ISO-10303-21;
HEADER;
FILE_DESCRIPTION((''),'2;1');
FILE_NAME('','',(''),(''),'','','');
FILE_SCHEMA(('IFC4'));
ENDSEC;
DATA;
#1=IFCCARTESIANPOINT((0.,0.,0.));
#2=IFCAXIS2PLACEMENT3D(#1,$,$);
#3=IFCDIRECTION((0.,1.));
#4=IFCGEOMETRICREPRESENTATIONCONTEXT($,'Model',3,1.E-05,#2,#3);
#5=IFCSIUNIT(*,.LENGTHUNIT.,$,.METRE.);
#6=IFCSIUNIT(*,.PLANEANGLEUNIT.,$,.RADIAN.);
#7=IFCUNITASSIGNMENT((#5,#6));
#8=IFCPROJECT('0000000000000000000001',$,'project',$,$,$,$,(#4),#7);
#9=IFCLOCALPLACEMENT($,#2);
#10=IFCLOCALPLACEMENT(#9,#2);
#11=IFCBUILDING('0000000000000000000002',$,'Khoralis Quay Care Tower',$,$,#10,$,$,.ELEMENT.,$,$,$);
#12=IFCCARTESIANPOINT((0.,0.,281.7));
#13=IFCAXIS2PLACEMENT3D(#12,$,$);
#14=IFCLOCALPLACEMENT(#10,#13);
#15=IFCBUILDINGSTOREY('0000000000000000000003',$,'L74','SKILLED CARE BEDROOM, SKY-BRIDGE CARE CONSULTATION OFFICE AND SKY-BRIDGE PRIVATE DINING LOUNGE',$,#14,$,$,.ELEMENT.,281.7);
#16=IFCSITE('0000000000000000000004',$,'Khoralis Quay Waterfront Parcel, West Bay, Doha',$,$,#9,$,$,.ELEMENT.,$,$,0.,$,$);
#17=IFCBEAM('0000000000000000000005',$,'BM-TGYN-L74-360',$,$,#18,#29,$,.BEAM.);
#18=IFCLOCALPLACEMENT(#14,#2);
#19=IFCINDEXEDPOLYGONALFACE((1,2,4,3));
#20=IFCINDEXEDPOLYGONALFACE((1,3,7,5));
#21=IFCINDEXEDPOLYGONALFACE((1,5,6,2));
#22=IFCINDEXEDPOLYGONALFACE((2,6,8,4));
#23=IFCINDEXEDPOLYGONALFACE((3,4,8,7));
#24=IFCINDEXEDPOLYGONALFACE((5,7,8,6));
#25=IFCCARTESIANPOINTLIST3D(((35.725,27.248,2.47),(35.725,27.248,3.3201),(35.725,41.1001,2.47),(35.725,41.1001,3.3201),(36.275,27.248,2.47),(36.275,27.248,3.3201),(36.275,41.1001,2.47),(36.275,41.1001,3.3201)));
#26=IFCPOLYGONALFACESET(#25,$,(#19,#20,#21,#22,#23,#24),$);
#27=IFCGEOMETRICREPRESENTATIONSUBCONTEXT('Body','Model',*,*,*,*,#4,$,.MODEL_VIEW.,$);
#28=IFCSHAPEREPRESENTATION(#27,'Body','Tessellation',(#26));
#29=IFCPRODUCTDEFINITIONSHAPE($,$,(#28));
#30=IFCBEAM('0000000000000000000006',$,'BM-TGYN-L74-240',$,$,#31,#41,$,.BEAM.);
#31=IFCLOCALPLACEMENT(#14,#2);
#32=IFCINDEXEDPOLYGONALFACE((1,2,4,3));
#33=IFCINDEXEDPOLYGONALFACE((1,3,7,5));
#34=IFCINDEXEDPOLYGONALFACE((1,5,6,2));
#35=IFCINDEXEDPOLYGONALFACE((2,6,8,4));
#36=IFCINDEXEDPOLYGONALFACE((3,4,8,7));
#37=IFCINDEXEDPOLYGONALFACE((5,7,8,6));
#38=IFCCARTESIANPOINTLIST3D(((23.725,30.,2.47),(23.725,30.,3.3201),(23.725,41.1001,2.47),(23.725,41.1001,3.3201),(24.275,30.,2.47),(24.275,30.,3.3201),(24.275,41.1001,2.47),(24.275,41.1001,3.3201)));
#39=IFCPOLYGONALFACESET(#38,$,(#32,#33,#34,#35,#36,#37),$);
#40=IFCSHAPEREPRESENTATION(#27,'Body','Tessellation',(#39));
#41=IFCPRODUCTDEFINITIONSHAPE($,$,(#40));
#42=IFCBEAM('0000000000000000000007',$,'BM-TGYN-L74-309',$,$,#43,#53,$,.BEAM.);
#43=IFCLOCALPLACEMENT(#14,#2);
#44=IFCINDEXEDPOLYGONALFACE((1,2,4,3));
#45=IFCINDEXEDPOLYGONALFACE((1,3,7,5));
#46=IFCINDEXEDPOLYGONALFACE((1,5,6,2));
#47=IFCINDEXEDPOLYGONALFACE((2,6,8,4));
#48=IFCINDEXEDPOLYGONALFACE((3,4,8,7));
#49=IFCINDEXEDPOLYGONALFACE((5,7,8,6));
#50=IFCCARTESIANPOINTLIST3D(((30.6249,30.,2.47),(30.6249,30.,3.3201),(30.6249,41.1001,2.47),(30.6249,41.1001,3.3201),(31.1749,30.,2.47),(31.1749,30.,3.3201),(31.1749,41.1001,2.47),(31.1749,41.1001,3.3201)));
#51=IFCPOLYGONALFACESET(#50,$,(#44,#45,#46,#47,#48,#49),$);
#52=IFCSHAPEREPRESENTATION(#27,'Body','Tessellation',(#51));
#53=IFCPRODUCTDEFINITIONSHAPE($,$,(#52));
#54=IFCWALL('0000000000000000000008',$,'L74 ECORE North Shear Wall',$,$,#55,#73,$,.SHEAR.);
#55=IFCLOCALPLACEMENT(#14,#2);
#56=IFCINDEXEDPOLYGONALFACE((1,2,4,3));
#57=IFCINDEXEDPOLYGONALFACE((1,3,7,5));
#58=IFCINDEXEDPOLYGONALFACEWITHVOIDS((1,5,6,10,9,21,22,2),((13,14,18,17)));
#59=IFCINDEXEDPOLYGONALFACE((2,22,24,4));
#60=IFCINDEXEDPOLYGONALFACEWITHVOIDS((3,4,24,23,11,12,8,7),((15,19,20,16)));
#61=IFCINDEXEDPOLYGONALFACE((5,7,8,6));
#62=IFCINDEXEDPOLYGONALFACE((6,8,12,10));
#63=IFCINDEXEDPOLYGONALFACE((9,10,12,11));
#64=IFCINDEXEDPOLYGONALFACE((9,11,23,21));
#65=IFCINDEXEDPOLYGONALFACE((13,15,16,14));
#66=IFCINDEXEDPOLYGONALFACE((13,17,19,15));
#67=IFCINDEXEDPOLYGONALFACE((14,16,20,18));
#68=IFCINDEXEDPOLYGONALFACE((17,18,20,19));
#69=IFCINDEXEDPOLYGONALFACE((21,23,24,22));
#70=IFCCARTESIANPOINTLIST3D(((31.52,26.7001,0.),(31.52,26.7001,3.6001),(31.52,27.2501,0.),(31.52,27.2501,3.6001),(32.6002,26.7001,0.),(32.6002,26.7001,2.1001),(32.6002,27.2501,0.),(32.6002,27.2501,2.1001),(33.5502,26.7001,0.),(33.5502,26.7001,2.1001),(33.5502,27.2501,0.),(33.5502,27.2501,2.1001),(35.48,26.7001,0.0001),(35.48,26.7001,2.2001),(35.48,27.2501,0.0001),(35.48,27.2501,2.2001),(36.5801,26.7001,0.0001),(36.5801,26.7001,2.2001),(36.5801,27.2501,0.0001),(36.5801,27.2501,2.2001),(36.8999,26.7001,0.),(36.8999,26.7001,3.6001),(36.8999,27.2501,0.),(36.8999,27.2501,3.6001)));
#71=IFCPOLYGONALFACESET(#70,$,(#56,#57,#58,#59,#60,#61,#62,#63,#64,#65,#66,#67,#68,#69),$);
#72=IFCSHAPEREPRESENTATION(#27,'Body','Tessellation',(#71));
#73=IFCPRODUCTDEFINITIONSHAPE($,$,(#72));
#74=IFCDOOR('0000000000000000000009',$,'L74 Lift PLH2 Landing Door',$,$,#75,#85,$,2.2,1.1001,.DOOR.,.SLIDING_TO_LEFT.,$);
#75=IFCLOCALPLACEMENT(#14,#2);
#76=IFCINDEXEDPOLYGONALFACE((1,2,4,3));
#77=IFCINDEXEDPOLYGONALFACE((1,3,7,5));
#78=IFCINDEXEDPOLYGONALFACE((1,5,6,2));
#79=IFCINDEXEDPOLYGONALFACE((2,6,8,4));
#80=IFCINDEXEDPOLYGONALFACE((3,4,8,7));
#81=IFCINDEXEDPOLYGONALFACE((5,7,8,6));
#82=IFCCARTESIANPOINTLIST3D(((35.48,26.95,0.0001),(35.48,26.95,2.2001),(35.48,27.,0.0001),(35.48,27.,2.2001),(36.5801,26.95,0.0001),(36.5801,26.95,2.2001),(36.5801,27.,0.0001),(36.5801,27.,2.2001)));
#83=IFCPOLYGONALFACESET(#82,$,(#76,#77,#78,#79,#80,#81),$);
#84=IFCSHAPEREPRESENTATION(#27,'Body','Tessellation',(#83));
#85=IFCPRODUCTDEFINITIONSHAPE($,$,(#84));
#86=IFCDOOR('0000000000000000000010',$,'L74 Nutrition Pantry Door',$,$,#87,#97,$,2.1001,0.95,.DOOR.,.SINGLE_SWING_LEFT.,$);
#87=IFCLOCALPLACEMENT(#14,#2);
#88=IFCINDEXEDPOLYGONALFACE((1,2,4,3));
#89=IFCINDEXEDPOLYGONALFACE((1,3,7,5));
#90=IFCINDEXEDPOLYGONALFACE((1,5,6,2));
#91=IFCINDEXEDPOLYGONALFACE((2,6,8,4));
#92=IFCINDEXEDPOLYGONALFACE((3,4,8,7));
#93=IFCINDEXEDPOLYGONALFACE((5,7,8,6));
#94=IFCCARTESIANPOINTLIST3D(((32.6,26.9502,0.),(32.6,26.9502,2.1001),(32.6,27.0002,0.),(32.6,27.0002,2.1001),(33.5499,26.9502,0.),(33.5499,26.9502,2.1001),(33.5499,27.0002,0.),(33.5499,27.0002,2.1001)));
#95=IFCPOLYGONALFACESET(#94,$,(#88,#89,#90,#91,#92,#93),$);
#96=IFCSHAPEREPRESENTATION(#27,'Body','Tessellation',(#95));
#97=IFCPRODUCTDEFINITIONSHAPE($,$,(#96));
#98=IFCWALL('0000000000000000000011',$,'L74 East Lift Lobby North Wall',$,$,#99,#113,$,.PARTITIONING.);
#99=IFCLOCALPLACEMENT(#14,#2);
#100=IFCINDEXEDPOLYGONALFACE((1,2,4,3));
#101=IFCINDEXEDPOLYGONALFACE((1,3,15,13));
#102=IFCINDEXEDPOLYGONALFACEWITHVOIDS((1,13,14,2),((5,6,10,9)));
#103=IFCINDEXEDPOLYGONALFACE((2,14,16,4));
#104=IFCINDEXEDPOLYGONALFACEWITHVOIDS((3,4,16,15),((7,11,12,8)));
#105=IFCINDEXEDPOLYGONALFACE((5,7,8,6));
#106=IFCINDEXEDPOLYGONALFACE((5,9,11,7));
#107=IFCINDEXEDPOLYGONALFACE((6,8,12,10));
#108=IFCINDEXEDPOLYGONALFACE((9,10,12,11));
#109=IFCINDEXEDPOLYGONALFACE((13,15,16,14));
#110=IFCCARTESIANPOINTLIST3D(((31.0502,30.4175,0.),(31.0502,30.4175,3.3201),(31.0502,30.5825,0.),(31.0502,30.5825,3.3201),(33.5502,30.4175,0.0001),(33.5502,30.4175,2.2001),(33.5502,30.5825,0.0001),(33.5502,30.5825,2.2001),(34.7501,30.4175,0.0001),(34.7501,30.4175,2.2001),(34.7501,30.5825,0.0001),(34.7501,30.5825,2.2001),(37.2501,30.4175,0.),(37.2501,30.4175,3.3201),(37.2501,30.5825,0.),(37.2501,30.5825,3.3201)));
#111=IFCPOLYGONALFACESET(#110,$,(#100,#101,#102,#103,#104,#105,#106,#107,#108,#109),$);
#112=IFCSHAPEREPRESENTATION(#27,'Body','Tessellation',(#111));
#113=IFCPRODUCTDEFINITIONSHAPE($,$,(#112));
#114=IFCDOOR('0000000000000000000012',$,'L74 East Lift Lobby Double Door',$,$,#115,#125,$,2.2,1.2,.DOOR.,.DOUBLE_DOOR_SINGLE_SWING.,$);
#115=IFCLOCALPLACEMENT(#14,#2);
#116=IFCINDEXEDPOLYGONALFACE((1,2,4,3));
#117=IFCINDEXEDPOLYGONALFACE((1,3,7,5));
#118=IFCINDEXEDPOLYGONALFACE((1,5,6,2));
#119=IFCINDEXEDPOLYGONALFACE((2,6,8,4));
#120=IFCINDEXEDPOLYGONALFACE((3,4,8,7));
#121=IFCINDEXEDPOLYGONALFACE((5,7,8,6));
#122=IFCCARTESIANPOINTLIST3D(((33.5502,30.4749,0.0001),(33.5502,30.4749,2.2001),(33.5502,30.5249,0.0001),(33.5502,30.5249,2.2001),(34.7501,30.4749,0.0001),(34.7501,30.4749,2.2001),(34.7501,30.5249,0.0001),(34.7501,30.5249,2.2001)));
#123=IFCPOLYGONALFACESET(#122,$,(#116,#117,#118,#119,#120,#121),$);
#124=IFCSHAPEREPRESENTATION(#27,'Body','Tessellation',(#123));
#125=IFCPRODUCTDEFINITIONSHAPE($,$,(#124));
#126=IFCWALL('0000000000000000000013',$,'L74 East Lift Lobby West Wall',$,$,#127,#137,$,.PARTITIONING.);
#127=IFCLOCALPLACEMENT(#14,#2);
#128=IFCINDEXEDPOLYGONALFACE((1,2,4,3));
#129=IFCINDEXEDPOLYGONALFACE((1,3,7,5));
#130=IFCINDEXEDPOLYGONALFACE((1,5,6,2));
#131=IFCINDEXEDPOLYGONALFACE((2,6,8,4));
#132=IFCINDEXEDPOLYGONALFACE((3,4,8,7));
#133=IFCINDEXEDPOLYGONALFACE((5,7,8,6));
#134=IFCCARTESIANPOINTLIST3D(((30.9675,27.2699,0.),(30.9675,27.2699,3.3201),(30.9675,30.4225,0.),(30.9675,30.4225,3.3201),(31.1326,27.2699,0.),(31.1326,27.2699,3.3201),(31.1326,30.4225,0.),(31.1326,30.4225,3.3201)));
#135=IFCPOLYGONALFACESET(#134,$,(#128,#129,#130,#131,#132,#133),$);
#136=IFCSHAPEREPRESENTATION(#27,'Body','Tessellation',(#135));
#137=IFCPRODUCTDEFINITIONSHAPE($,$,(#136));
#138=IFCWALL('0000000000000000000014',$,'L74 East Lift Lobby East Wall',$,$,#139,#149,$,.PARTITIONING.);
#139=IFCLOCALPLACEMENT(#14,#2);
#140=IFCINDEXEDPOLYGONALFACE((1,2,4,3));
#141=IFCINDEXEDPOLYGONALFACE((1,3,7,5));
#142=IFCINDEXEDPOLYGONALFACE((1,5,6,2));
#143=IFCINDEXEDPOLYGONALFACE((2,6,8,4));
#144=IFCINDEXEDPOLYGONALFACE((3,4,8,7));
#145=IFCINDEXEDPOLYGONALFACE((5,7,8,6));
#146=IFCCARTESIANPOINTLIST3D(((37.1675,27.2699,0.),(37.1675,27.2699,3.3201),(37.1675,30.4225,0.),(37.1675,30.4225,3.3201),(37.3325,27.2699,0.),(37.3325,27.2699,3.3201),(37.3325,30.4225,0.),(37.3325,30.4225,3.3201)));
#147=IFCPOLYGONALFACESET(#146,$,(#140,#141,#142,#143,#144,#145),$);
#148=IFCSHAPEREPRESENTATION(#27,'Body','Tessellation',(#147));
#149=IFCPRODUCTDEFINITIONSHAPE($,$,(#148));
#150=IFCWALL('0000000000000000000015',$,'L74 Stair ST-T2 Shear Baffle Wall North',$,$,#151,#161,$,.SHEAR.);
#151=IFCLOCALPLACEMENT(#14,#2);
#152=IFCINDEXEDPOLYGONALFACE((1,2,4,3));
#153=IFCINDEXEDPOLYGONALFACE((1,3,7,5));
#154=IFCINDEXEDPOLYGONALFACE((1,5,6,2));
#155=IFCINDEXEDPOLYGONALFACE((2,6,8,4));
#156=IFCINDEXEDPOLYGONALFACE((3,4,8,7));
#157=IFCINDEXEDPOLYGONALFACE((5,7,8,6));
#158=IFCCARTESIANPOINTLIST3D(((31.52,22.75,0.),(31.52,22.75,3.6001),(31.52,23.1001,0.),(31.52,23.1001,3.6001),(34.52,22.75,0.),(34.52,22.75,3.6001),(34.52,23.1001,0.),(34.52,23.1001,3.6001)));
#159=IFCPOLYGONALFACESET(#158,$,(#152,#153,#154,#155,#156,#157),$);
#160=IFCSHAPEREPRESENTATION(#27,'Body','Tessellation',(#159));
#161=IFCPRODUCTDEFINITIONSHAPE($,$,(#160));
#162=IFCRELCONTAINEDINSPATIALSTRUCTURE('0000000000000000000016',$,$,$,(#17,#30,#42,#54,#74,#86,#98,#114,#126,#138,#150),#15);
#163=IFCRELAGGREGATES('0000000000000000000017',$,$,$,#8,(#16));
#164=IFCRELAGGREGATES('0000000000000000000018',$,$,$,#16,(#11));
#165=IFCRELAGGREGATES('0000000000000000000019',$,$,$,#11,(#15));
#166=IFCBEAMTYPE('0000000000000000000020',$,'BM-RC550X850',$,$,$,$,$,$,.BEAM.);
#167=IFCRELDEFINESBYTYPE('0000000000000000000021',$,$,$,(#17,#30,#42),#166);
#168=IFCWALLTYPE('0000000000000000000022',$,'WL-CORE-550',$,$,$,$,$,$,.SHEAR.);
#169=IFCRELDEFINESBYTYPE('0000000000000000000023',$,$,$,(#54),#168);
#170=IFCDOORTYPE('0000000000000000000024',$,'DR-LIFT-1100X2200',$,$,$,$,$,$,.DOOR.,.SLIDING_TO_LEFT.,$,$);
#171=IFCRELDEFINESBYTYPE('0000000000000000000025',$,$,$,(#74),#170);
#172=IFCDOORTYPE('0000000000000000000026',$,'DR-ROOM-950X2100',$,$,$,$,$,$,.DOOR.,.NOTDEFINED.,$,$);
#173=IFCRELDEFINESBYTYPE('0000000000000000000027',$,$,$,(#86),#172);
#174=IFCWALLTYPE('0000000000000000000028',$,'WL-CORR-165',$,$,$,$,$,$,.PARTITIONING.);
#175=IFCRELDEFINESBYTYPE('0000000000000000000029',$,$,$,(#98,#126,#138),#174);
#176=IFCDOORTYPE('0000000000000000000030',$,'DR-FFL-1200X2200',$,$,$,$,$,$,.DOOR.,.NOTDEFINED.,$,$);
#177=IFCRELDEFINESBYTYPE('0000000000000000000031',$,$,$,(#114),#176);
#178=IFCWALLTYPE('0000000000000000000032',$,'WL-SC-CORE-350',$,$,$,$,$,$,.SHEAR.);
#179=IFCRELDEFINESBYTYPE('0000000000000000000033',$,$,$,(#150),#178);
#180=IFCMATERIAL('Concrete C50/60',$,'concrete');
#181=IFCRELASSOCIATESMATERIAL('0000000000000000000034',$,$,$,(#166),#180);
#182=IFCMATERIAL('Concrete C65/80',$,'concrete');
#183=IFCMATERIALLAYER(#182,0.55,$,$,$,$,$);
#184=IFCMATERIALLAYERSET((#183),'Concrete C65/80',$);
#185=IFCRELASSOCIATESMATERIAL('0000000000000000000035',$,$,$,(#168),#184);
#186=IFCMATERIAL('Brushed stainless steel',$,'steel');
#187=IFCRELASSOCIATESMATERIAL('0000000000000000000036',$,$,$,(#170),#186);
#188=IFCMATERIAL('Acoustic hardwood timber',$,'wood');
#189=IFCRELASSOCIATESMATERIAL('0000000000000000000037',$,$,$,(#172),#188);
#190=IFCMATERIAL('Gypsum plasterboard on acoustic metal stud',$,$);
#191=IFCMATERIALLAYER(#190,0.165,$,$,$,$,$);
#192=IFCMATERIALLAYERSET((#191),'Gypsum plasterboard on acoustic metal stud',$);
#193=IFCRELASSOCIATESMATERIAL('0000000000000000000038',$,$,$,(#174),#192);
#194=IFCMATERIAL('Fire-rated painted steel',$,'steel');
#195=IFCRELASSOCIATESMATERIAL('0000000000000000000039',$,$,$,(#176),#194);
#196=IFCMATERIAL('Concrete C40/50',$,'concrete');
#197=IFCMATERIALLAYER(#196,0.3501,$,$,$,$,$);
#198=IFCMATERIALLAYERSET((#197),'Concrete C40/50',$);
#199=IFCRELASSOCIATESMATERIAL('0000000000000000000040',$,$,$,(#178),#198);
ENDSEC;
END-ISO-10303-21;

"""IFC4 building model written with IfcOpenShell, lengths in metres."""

from ifc_helpers import new_model, si_unit, direction, frame, frame_2d, origin, origin_2d, place, context, subcontext, project, spatial, rectangle, extrude, source, transform, mapped, material, layer, layer_set, material_profile, profile_set, type_object, element, fill, save


model = new_model("IFC4")

# Units and contexts
model_context = context("Model", 3, precision=1e-05, world=origin(), true_north=direction((0.0, 1.0)))
body_context = subcontext(model_context, "Body", "Model", "MODEL_VIEW")
ifc_project = project(units=[si_unit("LENGTHUNIT", "METRE"), si_unit("PLANEANGLEUNIT", "RADIAN")], contexts=[model_context])

# Site, building, storey
site_placement = place(None, origin())
site = spatial("IfcSite", under=ifc_project, at=site_placement, Name="Khoralis Quay Waterfront Parcel, West Bay, Doha", CompositionType="ELEMENT", RefElevation=0.0)
building_placement = place(site_placement, origin())
building = spatial("IfcBuilding", under=site, at=building_placement, Name="Khoralis Quay Care Tower", CompositionType="ELEMENT")
storey_placement = place(building_placement, frame((0.0, 0.0, 281.7)))
storey = spatial("IfcBuildingStorey", under=building, at=storey_placement, Name="L74", Description="SKILLED CARE BEDROOM, SKY-BRIDGE CARE CONSULTATION OFFICE AND SKY-BRIDGE PRIVATE DINING LOUNGE", CompositionType="ELEMENT", Elevation=281.7)

# Shared definitions
ifc_material_1 = material(Name="Concrete C50/60", Category="concrete")

# Beams
ifc_material_profile_1 = material_profile(ifc_material_1, rectangle(XDim=0.55, YDim=0.8501, at=origin_2d()), Name="Concrete C50/60")
ifc_profile_set_1 = profile_set([ifc_material_profile_1], Name="Concrete C50/60")
beam_type_1 = type_object("IfcBeamType", Name="BM-RC550X850", PredefinedType="BEAM", material=ifc_profile_set_1)
shared_shape_1 = source(origin(), body_context, "Body", "SweptSolid", [
    extrude(rectangle(XDim=0.55, YDim=0.8501, at=origin_2d()), origin(), (0.0, 0.0, 1.0), 13.8521),
])
beam_1_placement = place(storey_placement, frame((36.0, 27.248, 2.895), z_axis=(0.0, 1.0, 0.0), x_axis=(-1.0, 0.0, 0.0)))
element("IfcBeam", 1, at=beam_1_placement, inside=storey, type_object=beam_type_1, Name="BM-TGYN-L74-360", PredefinedType="BEAM", context=body_context, shape_type="MappedRepresentation", body=[
    mapped(shared_shape_1, transform((0.0, 0.0, 0.0), scale=1.0)),
])
shared_shape_2 = source(origin(), body_context, "Body", "SweptSolid", [
    extrude(rectangle(XDim=0.55, YDim=0.8501, at=origin_2d()), origin(), (0.0, 0.0, 1.0), 11.1001),
])
for number, where, z_axis, x_axis, name in (
    (2, (24.0, 30.0, 2.895), (0.0, 1.0, 0.0), (-1.0, 0.0, 0.0), "BM-TGYN-L74-240"),
    (3, (30.8999, 30.0, 2.895), (0.0, 1.0, 0.0), (-1.0, 0.0, 0.0), "BM-TGYN-L74-309"),
):
    element("IfcBeam", number, at=place(storey_placement, frame(where, z_axis=z_axis, x_axis=x_axis)), inside=storey, type_object=beam_type_1, Name=name, PredefinedType="BEAM", context=body_context, shape_type="MappedRepresentation", body=[
        mapped(shared_shape_2, transform((0.0, 0.0, 0.0), scale=1.0)),
    ])

# Wall, openings, doors
ifc_material_2 = material(Name="Concrete C65/80", Category="concrete")
ifc_layer_1 = layer(ifc_material_2, 0.55)
ifc_layer_set_1 = layer_set([ifc_layer_1], Name="Concrete C65/80")
wall_type_1 = type_object("IfcWallType", Name="WL-CORE-550", PredefinedType="SHEAR", material=ifc_layer_set_1)
wall_1_placement = place(storey_placement, frame((31.52, 26.9751, 0.0), z_axis=(0.0, 0.0, 1.0), x_axis=(1.0, 0.0, 0.0)))
wall_1 = element("IfcWall", 4, at=wall_1_placement, inside=storey, type_object=wall_type_1, Name="L74 ECORE North Shear Wall", PredefinedType="SHEAR", context=body_context, shape_type="SweptSolid", body=[
    extrude(rectangle(XDim=5.3799, YDim=0.55, at=frame_2d((2.6899, 0.0))), origin(), (0.0, 0.0, 1.0), 3.6001),
])
opening_1_placement = place(wall_1_placement, frame((1.0801, 0.0, 0.0)))
opening_1 = element("IfcOpeningElement", 5, at=opening_1_placement, cuts=wall_1, PredefinedType="OPENING", context=body_context, shape_type="SweptSolid", body=[
    extrude(rectangle(XDim=0.95, YDim=2.1001, at=frame_2d((0.4751, 1.05))), frame((0.0, 0.2852, 0.0), z_axis=(0.0, -1.0, 0.0), x_axis=(1.0, 0.0, 0.0)), (0.0, 0.0, 1.0), 0.5701),
])
opening_2_placement = place(wall_1_placement, frame((3.96, 0.0, 0.0)))
opening_2 = element("IfcOpeningElement", 6, at=opening_2_placement, cuts=wall_1, PredefinedType="OPENING", context=body_context, shape_type="SweptSolid", body=[
    extrude(rectangle(XDim=1.1001, YDim=2.2, at=frame_2d((0.55, 1.1001))), frame((0.0, 0.2852, 0.0), z_axis=(0.0, -1.0, 0.0), x_axis=(1.0, 0.0, 0.0)), (0.0, 0.0, 1.0), 0.5701),
])
ifc_material_3 = material(Name="Brushed stainless steel", Category="steel")
door_type_1 = type_object("IfcDoorType", Name="DR-LIFT-1100X2200", OperationType="SLIDING_TO_LEFT", PredefinedType="DOOR", material=ifc_material_3)
shared_shape_3 = source(origin(), body_context, "Body", "SweptSolid", [
    extrude(rectangle(XDim=1.1001, YDim=2.2, at=frame_2d((0.55, 1.1001))), frame((0.0, 0.0249, 0.0), z_axis=(0.0, -1.0, 0.0), x_axis=(1.0, 0.0, 0.0)), (0.0, 0.0, 1.0), 0.05),
])
door_1_placement = place(opening_2_placement, origin())
door_1 = element("IfcDoor", 7, at=door_1_placement, inside=storey, type_object=door_type_1, Name="L74 Lift PLH2 Landing Door", OperationType="SLIDING_TO_LEFT", OverallHeight=2.2, OverallWidth=1.1001, PredefinedType="DOOR", context=body_context, shape_type="MappedRepresentation", body=[
    mapped(shared_shape_3, transform((0.0, 0.0, 0.0), scale=1.0)),
])
fill(opening_2, door_1)
ifc_material_4 = material(Name="Acoustic hardwood timber", Category="wood")
door_type_2 = type_object("IfcDoorType", Name="DR-ROOM-950X2100", OperationType="NOTDEFINED", PredefinedType="DOOR", material=ifc_material_4)
shared_shape_4 = source(origin(), body_context, "Body", "SweptSolid", [
    extrude(rectangle(XDim=0.95, YDim=2.1001, at=frame_2d((0.4751, 1.05))), frame((0.0, 0.0249, 0.0), z_axis=(0.0, -1.0, 0.0), x_axis=(1.0, 0.0, 0.0)), (0.0, 0.0, 1.0), 0.05),
])
door_2_placement = place(opening_1_placement, frame((0.95, 0.0, 0.0), z_axis=(0.0, 0.0, 1.0), x_axis=(-1.0, 0.0, 0.0)))
door_2 = element("IfcDoor", 8, at=door_2_placement, inside=storey, type_object=door_type_2, Name="L74 Nutrition Pantry Door", OperationType="SINGLE_SWING_LEFT", OverallHeight=2.1001, OverallWidth=0.95, PredefinedType="DOOR", context=body_context, shape_type="MappedRepresentation", body=[
    mapped(shared_shape_4, transform((0.0, 0.0, 0.0), scale=1.0)),
])
fill(opening_1, door_2)

# Wall, opening, door
ifc_material_5 = material(Name="Gypsum plasterboard on acoustic metal stud")
ifc_layer_2 = layer(ifc_material_5, 0.165)
ifc_layer_set_2 = layer_set([ifc_layer_2], Name="Gypsum plasterboard on acoustic metal stud")
wall_type_2 = type_object("IfcWallType", Name="WL-CORR-165", PredefinedType="PARTITIONING", material=ifc_layer_set_2)
wall_2_placement = place(storey_placement, frame((31.05, 30.5, 0.0), z_axis=(0.0, 0.0, 1.0), x_axis=(1.0, 0.0, 0.0)))
wall_2 = element("IfcWall", 9, at=wall_2_placement, inside=storey, type_object=wall_type_2, Name="L74 East Lift Lobby North Wall", PredefinedType="PARTITIONING", context=body_context, shape_type="SweptSolid", body=[
    extrude(rectangle(XDim=6.2, YDim=0.165, at=frame_2d((3.1001, 0.0))), origin(), (0.0, 0.0, 1.0), 3.3201),
])
opening_3_placement = place(wall_2_placement, frame((2.5, 0.0, 0.0)))
opening_3 = element("IfcOpeningElement", 10, at=opening_3_placement, cuts=wall_2, PredefinedType="OPENING", context=body_context, shape_type="SweptSolid", body=[
    extrude(rectangle(XDim=1.2, YDim=2.2, at=frame_2d((0.6001, 1.1001))), frame((0.0, 0.0925, 0.0), z_axis=(0.0, -1.0, 0.0), x_axis=(1.0, 0.0, 0.0)), (0.0, 0.0, 1.0), 0.1851),
])
ifc_material_6 = material(Name="Fire-rated painted steel", Category="steel")
door_type_3 = type_object("IfcDoorType", Name="DR-FFL-1200X2200", OperationType="NOTDEFINED", PredefinedType="DOOR", material=ifc_material_6)
shared_shape_5 = source(origin(), body_context, "Body", "SweptSolid", [
    extrude(rectangle(XDim=1.2, YDim=2.2, at=frame_2d((0.6001, 1.1001))), frame((0.0, 0.0249, 0.0), z_axis=(0.0, -1.0, 0.0), x_axis=(1.0, 0.0, 0.0)), (0.0, 0.0, 1.0), 0.05),
])
door_3_placement = place(opening_3_placement, origin())
door_3 = element("IfcDoor", 11, at=door_3_placement, inside=storey, type_object=door_type_3, Name="L74 East Lift Lobby Double Door", OperationType="DOUBLE_DOOR_SINGLE_SWING", OverallHeight=2.2, OverallWidth=1.2, PredefinedType="DOOR", context=body_context, shape_type="MappedRepresentation", body=[
    mapped(shared_shape_5, transform((0.0, 0.0, 0.0), scale=1.0)),
])
fill(opening_3, door_3)

# Walls
for number, where, z_axis, x_axis, name in (
    (12, (31.05, 27.27, 0.0), (0.0, 0.0, 1.0), (0.0, 1.0, 0.0), "L74 East Lift Lobby West Wall"),
    (13, (37.25, 27.27, 0.0), (0.0, 0.0, 1.0), (0.0, 1.0, 0.0), "L74 East Lift Lobby East Wall"),
):
    element("IfcWall", number, at=place(storey_placement, frame(where, z_axis=z_axis, x_axis=x_axis)), inside=storey, type_object=wall_type_2, Name=name, PredefinedType="PARTITIONING", context=body_context, shape_type="SweptSolid", body=[
        extrude(rectangle(XDim=3.1526, YDim=0.165, at=frame_2d((1.5762, 0.0))), origin(), (0.0, 0.0, 1.0), 3.3201),
    ])
ifc_material_7 = material(Name="Concrete C40/50", Category="concrete")
ifc_layer_3 = layer(ifc_material_7, 0.3501)
ifc_layer_set_3 = layer_set([ifc_layer_3], Name="Concrete C40/50")
wall_type_3 = type_object("IfcWallType", Name="WL-SC-CORE-350", PredefinedType="SHEAR", material=ifc_layer_set_3)
wall_3_placement = place(storey_placement, frame((31.52, 22.925, 0.0), z_axis=(0.0, 0.0, 1.0), x_axis=(1.0, 0.0, 0.0)))
element("IfcWall", 14, at=wall_3_placement, inside=storey, type_object=wall_type_3, Name="L74 Stair ST-T2 Shear Baffle Wall North", PredefinedType="SHEAR", context=body_context, shape_type="SweptSolid", body=[
    extrude(rectangle(XDim=3.0, YDim=0.3501, at=frame_2d((1.5, 0.0))), origin(), (0.0, 0.0, 1.0), 3.6001),
])

save(model, "model.ifc")
